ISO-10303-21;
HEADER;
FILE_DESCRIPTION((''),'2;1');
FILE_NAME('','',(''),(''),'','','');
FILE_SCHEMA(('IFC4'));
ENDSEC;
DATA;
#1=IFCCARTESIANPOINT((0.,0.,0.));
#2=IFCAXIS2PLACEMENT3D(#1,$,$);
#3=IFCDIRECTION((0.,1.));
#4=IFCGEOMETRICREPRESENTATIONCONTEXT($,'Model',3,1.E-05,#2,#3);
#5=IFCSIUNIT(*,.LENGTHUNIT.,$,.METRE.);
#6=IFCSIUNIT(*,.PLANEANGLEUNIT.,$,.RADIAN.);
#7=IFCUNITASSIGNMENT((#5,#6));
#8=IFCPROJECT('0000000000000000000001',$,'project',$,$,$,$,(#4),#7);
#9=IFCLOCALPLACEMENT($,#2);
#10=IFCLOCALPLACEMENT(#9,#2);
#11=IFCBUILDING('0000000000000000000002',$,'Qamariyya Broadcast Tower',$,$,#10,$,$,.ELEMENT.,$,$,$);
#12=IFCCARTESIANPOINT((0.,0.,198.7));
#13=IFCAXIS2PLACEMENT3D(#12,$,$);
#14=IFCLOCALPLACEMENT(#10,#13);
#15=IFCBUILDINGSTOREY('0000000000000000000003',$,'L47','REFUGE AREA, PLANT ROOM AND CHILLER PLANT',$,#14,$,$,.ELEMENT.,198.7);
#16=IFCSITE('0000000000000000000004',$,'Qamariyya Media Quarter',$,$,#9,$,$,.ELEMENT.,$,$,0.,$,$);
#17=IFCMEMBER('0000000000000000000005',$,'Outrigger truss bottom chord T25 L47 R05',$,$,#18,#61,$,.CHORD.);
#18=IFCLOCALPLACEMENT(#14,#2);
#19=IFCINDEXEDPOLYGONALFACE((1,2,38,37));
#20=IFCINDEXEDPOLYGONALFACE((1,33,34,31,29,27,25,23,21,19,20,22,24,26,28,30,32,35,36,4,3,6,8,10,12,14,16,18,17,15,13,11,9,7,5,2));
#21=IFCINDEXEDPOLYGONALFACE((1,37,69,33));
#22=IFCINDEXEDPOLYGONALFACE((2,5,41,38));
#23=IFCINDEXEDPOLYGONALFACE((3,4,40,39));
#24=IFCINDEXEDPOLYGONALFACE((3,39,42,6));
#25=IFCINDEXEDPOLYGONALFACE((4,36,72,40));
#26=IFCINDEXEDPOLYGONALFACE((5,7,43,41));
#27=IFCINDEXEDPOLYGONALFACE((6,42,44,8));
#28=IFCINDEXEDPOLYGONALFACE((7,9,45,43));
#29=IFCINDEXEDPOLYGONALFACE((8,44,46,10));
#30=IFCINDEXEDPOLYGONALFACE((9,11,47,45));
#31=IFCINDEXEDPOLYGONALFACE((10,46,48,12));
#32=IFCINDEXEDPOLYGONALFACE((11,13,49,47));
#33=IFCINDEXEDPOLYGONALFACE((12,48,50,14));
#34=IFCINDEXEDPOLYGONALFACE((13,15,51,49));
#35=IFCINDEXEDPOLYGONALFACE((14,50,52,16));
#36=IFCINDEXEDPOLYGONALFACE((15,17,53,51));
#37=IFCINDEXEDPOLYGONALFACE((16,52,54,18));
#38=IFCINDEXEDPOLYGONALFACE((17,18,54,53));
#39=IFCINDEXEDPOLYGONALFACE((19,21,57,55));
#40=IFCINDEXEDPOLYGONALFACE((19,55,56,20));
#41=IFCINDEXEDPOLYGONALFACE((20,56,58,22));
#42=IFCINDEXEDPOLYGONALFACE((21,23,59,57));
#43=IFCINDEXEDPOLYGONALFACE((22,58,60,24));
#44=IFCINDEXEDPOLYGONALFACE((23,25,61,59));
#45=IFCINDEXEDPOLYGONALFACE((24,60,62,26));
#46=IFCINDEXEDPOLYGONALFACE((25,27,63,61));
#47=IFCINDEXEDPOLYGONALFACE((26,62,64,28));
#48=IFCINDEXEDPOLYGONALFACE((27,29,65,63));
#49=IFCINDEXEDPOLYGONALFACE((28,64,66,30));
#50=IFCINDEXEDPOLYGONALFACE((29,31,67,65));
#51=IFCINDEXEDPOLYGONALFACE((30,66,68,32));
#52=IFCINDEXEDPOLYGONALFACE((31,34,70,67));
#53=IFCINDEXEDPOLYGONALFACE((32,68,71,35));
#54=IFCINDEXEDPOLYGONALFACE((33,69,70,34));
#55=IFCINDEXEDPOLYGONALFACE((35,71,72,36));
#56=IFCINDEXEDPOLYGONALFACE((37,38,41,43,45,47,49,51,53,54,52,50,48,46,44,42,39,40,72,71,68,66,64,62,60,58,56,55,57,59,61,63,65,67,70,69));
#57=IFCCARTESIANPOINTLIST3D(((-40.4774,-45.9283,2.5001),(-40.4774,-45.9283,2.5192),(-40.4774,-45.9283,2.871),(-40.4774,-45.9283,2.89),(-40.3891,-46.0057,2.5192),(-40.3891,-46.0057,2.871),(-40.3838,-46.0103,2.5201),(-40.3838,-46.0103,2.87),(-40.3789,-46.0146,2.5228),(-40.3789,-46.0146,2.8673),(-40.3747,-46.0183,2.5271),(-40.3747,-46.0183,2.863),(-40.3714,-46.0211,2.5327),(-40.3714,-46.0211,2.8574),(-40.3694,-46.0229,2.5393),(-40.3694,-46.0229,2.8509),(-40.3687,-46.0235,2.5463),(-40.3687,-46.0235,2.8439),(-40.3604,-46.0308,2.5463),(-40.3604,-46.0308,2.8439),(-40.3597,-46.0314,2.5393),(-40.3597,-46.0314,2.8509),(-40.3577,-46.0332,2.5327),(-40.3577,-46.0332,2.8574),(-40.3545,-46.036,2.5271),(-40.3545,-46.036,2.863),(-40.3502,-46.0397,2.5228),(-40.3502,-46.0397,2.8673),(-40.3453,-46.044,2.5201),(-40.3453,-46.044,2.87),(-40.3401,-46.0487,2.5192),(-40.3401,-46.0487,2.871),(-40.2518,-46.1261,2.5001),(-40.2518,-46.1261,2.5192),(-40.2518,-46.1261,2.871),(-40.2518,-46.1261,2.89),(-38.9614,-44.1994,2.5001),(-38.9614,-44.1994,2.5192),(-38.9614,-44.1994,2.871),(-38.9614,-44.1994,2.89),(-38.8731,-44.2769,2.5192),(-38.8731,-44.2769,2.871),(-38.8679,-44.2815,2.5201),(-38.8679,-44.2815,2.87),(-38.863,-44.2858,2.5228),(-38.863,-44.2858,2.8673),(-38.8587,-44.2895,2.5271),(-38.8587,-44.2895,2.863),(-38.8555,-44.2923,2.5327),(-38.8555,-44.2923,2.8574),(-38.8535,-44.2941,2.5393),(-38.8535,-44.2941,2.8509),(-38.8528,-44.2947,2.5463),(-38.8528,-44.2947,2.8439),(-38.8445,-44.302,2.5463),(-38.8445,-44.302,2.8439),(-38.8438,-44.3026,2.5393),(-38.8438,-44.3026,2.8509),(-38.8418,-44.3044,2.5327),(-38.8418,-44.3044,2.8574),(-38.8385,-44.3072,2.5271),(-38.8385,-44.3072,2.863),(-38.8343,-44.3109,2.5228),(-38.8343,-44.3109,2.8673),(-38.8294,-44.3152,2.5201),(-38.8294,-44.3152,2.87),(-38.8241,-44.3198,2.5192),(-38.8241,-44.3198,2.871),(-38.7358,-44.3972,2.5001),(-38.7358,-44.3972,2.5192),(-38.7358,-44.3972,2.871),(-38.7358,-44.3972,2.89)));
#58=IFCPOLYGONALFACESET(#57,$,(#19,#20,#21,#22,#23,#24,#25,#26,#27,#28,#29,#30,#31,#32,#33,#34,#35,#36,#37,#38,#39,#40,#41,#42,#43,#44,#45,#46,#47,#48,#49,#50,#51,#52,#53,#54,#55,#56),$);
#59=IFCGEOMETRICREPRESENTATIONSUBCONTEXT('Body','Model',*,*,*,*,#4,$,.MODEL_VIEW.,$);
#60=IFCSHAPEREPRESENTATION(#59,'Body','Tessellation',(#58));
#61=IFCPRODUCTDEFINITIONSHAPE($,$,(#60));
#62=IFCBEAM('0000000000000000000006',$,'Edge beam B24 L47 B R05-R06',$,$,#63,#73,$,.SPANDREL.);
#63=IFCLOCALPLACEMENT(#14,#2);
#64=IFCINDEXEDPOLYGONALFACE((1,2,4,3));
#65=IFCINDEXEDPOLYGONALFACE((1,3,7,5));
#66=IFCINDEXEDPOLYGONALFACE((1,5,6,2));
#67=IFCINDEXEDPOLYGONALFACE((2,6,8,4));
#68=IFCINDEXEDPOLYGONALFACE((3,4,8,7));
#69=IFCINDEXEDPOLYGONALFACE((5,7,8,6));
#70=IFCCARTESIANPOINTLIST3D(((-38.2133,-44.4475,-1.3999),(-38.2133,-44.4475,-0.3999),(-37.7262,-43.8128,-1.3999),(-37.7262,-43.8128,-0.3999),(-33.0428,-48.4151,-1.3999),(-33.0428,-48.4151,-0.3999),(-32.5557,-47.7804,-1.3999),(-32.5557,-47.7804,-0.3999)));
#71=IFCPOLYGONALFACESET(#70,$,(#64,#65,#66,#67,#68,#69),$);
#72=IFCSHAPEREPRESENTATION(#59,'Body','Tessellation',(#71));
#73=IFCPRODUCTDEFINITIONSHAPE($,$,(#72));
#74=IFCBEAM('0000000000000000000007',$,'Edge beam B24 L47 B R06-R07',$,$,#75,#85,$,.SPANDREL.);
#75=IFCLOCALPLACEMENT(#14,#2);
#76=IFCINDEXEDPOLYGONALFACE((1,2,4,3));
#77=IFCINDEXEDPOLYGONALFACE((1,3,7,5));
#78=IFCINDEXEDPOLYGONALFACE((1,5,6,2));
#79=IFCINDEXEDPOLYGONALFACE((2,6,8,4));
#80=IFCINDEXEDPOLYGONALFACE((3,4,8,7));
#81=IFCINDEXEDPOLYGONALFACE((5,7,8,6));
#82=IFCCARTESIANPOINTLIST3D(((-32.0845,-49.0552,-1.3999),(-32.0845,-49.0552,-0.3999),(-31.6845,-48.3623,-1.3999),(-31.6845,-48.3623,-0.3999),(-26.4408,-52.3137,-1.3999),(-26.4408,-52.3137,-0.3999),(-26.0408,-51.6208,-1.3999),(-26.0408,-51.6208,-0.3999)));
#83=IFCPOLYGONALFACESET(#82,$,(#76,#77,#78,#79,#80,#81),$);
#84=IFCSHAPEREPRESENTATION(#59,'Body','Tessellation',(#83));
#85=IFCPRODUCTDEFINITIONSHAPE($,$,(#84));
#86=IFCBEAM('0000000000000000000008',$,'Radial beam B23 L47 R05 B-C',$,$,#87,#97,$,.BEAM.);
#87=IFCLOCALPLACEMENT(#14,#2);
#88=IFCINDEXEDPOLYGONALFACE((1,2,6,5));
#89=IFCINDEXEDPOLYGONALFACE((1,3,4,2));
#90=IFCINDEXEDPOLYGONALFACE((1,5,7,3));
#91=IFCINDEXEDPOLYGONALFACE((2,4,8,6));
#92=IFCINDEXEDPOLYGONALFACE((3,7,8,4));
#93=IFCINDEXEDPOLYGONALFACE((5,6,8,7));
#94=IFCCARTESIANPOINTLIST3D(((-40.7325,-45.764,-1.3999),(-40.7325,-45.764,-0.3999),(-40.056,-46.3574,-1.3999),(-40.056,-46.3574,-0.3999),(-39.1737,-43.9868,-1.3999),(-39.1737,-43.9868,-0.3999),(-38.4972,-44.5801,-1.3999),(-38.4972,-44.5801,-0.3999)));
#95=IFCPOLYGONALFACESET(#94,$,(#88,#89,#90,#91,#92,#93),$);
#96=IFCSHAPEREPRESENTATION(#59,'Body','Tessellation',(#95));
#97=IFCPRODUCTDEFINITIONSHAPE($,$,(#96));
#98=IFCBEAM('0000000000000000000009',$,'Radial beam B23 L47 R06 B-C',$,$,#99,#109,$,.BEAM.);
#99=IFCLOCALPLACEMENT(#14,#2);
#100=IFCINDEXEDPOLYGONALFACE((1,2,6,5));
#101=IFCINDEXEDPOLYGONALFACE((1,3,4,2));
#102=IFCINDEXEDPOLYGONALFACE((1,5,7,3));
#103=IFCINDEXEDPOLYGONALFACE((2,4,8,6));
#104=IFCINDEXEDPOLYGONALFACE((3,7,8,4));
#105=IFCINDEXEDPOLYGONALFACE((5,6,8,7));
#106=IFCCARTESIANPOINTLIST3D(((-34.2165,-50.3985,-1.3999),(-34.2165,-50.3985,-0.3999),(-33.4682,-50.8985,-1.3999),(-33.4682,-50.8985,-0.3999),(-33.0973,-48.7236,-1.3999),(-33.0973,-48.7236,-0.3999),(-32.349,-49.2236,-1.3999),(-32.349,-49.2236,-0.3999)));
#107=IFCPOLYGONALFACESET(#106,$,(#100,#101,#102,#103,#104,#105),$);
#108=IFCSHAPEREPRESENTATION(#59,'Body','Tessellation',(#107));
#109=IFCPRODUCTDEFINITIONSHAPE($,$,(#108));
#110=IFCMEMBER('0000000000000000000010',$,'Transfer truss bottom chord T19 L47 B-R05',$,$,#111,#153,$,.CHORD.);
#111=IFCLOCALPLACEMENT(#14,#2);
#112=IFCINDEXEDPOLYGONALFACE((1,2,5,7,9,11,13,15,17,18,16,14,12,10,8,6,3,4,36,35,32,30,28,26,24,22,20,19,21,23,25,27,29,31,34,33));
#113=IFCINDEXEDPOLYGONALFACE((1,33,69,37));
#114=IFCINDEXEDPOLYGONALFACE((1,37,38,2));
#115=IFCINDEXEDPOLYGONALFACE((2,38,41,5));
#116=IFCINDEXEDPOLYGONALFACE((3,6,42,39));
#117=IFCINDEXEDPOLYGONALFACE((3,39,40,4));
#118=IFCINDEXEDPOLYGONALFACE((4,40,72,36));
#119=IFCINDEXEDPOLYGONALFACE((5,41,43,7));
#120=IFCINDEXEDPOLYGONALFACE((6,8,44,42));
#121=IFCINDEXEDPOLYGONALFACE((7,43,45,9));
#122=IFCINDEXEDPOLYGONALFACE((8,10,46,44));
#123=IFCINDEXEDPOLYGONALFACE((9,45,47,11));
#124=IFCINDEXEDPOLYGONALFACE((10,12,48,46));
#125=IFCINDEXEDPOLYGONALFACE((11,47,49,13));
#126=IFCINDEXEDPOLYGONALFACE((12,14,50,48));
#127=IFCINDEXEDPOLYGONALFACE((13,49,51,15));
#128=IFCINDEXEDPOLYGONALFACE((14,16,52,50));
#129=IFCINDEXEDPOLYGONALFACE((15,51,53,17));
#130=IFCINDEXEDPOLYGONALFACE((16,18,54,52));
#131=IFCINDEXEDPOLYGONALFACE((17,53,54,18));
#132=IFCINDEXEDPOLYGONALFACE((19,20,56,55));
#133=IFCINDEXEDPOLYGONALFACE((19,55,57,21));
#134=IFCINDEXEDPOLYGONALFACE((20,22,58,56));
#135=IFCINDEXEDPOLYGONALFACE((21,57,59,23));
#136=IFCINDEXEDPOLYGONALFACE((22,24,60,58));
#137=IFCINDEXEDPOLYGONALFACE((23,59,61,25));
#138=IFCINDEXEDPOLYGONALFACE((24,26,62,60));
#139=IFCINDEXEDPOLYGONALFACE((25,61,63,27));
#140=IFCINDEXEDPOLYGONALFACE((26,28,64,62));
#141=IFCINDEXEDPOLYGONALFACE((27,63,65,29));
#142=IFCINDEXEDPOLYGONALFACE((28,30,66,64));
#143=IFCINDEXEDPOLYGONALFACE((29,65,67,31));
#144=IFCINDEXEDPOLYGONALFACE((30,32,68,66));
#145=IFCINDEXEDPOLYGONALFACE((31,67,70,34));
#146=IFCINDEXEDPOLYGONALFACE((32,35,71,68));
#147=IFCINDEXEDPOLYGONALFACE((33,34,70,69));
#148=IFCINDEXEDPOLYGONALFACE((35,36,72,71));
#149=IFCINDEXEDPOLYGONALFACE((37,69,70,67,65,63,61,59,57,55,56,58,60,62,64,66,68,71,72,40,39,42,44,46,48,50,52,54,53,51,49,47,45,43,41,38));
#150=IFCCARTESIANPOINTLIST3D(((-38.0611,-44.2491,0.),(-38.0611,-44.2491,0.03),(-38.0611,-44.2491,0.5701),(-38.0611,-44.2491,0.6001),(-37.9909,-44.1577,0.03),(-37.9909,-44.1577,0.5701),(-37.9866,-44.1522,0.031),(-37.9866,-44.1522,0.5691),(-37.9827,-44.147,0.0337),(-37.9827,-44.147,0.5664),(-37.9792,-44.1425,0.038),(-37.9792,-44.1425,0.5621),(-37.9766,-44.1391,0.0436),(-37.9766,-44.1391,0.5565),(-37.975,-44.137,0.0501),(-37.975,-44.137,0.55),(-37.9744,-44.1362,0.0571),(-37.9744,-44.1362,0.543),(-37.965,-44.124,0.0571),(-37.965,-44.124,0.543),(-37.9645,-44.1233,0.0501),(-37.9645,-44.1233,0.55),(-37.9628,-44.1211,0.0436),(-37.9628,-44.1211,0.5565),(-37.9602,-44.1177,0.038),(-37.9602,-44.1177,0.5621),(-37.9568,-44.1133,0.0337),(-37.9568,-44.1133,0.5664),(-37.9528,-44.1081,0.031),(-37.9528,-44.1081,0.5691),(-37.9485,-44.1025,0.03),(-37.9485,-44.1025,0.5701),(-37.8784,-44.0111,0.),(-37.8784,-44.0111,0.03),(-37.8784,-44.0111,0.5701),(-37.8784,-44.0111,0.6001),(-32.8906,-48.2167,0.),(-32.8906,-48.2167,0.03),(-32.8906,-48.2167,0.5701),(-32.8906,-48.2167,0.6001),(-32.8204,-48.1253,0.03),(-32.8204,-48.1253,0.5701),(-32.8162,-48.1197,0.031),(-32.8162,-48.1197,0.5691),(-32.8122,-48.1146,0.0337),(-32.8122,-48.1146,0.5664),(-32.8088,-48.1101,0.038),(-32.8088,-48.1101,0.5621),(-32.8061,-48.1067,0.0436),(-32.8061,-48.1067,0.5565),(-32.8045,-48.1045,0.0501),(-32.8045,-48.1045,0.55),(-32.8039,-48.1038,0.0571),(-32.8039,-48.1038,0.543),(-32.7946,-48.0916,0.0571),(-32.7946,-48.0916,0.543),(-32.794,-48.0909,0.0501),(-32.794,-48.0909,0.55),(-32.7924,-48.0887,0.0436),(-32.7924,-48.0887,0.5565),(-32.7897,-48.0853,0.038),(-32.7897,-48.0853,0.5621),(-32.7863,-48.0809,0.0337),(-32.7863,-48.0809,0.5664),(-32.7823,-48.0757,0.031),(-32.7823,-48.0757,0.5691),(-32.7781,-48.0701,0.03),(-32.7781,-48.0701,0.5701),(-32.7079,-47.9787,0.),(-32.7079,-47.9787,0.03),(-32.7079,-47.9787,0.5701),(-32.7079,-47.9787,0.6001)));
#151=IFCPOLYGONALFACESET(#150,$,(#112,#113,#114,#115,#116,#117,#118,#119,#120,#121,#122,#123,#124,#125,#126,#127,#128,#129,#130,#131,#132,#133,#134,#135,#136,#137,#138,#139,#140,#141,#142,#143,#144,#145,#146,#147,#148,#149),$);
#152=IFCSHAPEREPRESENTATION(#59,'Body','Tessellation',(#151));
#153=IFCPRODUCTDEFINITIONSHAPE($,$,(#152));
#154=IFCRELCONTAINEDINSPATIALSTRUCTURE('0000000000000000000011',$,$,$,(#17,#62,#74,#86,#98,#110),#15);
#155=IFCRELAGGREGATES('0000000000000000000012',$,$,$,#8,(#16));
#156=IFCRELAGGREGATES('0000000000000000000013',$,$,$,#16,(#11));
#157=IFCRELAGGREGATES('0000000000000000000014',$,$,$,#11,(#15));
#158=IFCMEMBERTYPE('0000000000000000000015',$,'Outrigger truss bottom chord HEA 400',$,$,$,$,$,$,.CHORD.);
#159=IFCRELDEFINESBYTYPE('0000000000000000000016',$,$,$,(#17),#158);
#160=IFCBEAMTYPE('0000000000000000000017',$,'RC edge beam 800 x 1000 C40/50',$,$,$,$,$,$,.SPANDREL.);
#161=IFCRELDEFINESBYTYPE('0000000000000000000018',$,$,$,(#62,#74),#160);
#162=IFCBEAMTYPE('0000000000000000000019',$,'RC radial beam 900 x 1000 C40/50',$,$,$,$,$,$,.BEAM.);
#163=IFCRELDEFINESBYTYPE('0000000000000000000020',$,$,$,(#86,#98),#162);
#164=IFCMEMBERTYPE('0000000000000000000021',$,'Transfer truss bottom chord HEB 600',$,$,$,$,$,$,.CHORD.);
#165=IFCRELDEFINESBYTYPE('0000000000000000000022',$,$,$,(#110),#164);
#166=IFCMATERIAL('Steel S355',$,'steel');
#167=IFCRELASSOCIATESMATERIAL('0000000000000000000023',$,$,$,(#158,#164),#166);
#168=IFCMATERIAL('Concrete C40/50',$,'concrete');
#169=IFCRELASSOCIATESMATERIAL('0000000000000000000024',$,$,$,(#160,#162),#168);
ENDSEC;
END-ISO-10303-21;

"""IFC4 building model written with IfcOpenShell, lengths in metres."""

from ifc_helpers import new_model, si_unit, direction, frame, origin, origin_2d, place, context, subcontext, project, spatial, rectangle, i_section, extrude, material, material_profile, profile_set, type_object, element, save


model = new_model("IFC4")

# Units and contexts
model_context = context("Model", 3, precision=1e-05, world=origin(), true_north=direction((0.0, 1.0)))
body_context = subcontext(model_context, "Body", "Model", "MODEL_VIEW")
ifc_project = project(units=[si_unit("LENGTHUNIT", "METRE"), si_unit("PLANEANGLEUNIT", "RADIAN")], contexts=[model_context])

# Site, building, storey
site_placement = place(None, origin())
site = spatial("IfcSite", under=ifc_project, at=site_placement, Name="Qamariyya Media Quarter", CompositionType="ELEMENT", RefElevation=0.0)
building_placement = place(site_placement, origin())
building = spatial("IfcBuilding", under=site, at=building_placement, Name="Qamariyya Broadcast Tower", CompositionType="ELEMENT")
storey_placement = place(building_placement, frame((0.0, 0.0, 198.7)))
storey = spatial("IfcBuildingStorey", under=building, at=storey_placement, Name="L47", Description="REFUGE AREA, PLANT ROOM AND CHILLER PLANT", CompositionType="ELEMENT", Elevation=198.7)

# Member
ifc_material_1 = material(Name="Steel S355", Category="steel")
ifc_material_profile_1 = material_profile(ifc_material_1, i_section(OverallWidth=0.3, OverallDepth=0.3899, WebThickness=0.011, FlangeThickness=0.019, FilletRadius=0.0271, at=origin_2d()))
ifc_profile_set_1 = profile_set([ifc_material_profile_1], Name="Steel S355")
member_type_1 = type_object("IfcMemberType", Name="Outrigger truss bottom chord HEA 400", PredefinedType="CHORD", material=ifc_profile_set_1)
member_1_placement = place(storey_placement, frame((-38.8486, -44.2983, 2.6951), z_axis=(-0.659294, -0.751886, 0.0), x_axis=(0.751886, -0.659294, 0.0)))
element("IfcMember", 1, at=member_1_placement, inside=storey, type_object=member_type_1, Name="Outrigger truss bottom chord T25 L47 R05", PredefinedType="CHORD", context=body_context, shape_type="SweptSolid", body=[
    extrude(i_section(OverallWidth=0.3, OverallDepth=0.3899, WebThickness=0.011, FlangeThickness=0.019, FilletRadius=0.0271, at=origin_2d()), origin(), (0.0, 0.0, 1.0), 2.2993),
])

# Beams
ifc_material_2 = material(Name="Concrete C40/50", Category="concrete")
ifc_material_profile_2 = material_profile(ifc_material_2, rectangle(XDim=0.8, YDim=1.0, at=origin_2d()))
ifc_profile_set_2 = profile_set([ifc_material_profile_2], Name="Concrete C40/50")
beam_type_1 = type_object("IfcBeamType", Name="RC edge beam 800 x 1000 C40/50", PredefinedType="SPANDREL", material=ifc_profile_set_2)
beam_1_placement = place(storey_placement, frame((-37.9697, -44.1301, -0.8999), z_axis=(0.793343, -0.608774, 0.0), x_axis=(0.608774, 0.793343, 0.0)))
element("IfcBeam", 2, at=beam_1_placement, inside=storey, type_object=beam_type_1, Name="Edge beam B24 L47 B R05-R06", PredefinedType="SPANDREL", context=body_context, shape_type="SweptSolid", body=[
    extrude(rectangle(XDim=0.8, YDim=1.0, at=origin_2d()), origin(), (0.0, 0.0, 1.0), 6.5173),
])
beam_2_placement = place(storey_placement, frame((-31.8845, -48.7087, -0.8999), z_axis=(0.866019, -0.500011, 0.0), x_axis=(0.500011, 0.866019, 0.0)))
element("IfcBeam", 3, at=beam_2_placement, inside=storey, type_object=beam_type_1, Name="Edge beam B24 L47 B R06-R07", PredefinedType="SPANDREL", context=body_context, shape_type="SweptSolid", body=[
    extrude(rectangle(XDim=0.8, YDim=1.0, at=origin_2d()), origin(), (0.0, 0.0, 1.0), 6.5168),
])
ifc_material_profile_3 = material_profile(ifc_material_2, rectangle(XDim=0.8999, YDim=1.0, at=origin_2d()))
ifc_profile_set_3 = profile_set([ifc_material_profile_3], Name="Concrete C40/50")
beam_type_2 = type_object("IfcBeamType", Name="RC radial beam 900 x 1000 C40/50", PredefinedType="BEAM", material=ifc_profile_set_3)
beam_3_placement = place(storey_placement, frame((-38.8354, -44.2834, -0.8999), z_axis=(-0.659382, -0.751809, 0.0), x_axis=(0.751809, -0.659382, 0.0)))
element("IfcBeam", 4, at=beam_3_placement, inside=storey, type_object=beam_type_2, Name="Radial beam B23 L47 R05 B-C", PredefinedType="BEAM", context=body_context, shape_type="SweptSolid", body=[
    extrude(rectangle(XDim=0.8999, YDim=1.0, at=origin_2d()), origin(), (0.0, 0.0, 1.0), 2.364),
])
beam_4_placement = place(storey_placement, frame((-32.7231, -48.9736, -0.8999), z_axis=(-0.555595, -0.831453, 0.0), x_axis=(0.831453, -0.555595, 0.0)))
element("IfcBeam", 5, at=beam_4_placement, inside=storey, type_object=beam_type_2, Name="Radial beam B23 L47 R06 B-C", PredefinedType="BEAM", context=body_context, shape_type="SweptSolid", body=[
    extrude(rectangle(XDim=0.8999, YDim=1.0, at=origin_2d()), origin(), (0.0, 0.0, 1.0), 2.0144),
])

# Member
ifc_material_profile_4 = material_profile(ifc_material_1, i_section(OverallWidth=0.3, OverallDepth=0.6001, WebThickness=0.0154, FlangeThickness=0.03, FilletRadius=0.0271, at=origin_2d()))
ifc_profile_set_4 = profile_set([ifc_material_profile_4], Name="Steel S355")
member_type_2 = type_object("IfcMemberType", Name="Transfer truss bottom chord HEB 600", PredefinedType="CHORD", material=ifc_profile_set_4)
member_2_placement = place(storey_placement, frame((-37.9697, -44.1301, 0.3), z_axis=(0.793343, -0.608774, 0.0), x_axis=(0.608774, 0.793343, 0.0)))
element("IfcMember", 6, at=member_2_placement, inside=storey, type_object=member_type_2, Name="Transfer truss bottom chord T19 L47 B-R05", PredefinedType="CHORD", context=body_context, shape_type="SweptSolid", body=[
    extrude(i_section(OverallWidth=0.3, OverallDepth=0.6001, WebThickness=0.0154, FlangeThickness=0.03, FilletRadius=0.0271, at=origin_2d()), origin(), (0.0, 0.0, 1.0), 6.5173),
])

save(model, "model.ifc")
